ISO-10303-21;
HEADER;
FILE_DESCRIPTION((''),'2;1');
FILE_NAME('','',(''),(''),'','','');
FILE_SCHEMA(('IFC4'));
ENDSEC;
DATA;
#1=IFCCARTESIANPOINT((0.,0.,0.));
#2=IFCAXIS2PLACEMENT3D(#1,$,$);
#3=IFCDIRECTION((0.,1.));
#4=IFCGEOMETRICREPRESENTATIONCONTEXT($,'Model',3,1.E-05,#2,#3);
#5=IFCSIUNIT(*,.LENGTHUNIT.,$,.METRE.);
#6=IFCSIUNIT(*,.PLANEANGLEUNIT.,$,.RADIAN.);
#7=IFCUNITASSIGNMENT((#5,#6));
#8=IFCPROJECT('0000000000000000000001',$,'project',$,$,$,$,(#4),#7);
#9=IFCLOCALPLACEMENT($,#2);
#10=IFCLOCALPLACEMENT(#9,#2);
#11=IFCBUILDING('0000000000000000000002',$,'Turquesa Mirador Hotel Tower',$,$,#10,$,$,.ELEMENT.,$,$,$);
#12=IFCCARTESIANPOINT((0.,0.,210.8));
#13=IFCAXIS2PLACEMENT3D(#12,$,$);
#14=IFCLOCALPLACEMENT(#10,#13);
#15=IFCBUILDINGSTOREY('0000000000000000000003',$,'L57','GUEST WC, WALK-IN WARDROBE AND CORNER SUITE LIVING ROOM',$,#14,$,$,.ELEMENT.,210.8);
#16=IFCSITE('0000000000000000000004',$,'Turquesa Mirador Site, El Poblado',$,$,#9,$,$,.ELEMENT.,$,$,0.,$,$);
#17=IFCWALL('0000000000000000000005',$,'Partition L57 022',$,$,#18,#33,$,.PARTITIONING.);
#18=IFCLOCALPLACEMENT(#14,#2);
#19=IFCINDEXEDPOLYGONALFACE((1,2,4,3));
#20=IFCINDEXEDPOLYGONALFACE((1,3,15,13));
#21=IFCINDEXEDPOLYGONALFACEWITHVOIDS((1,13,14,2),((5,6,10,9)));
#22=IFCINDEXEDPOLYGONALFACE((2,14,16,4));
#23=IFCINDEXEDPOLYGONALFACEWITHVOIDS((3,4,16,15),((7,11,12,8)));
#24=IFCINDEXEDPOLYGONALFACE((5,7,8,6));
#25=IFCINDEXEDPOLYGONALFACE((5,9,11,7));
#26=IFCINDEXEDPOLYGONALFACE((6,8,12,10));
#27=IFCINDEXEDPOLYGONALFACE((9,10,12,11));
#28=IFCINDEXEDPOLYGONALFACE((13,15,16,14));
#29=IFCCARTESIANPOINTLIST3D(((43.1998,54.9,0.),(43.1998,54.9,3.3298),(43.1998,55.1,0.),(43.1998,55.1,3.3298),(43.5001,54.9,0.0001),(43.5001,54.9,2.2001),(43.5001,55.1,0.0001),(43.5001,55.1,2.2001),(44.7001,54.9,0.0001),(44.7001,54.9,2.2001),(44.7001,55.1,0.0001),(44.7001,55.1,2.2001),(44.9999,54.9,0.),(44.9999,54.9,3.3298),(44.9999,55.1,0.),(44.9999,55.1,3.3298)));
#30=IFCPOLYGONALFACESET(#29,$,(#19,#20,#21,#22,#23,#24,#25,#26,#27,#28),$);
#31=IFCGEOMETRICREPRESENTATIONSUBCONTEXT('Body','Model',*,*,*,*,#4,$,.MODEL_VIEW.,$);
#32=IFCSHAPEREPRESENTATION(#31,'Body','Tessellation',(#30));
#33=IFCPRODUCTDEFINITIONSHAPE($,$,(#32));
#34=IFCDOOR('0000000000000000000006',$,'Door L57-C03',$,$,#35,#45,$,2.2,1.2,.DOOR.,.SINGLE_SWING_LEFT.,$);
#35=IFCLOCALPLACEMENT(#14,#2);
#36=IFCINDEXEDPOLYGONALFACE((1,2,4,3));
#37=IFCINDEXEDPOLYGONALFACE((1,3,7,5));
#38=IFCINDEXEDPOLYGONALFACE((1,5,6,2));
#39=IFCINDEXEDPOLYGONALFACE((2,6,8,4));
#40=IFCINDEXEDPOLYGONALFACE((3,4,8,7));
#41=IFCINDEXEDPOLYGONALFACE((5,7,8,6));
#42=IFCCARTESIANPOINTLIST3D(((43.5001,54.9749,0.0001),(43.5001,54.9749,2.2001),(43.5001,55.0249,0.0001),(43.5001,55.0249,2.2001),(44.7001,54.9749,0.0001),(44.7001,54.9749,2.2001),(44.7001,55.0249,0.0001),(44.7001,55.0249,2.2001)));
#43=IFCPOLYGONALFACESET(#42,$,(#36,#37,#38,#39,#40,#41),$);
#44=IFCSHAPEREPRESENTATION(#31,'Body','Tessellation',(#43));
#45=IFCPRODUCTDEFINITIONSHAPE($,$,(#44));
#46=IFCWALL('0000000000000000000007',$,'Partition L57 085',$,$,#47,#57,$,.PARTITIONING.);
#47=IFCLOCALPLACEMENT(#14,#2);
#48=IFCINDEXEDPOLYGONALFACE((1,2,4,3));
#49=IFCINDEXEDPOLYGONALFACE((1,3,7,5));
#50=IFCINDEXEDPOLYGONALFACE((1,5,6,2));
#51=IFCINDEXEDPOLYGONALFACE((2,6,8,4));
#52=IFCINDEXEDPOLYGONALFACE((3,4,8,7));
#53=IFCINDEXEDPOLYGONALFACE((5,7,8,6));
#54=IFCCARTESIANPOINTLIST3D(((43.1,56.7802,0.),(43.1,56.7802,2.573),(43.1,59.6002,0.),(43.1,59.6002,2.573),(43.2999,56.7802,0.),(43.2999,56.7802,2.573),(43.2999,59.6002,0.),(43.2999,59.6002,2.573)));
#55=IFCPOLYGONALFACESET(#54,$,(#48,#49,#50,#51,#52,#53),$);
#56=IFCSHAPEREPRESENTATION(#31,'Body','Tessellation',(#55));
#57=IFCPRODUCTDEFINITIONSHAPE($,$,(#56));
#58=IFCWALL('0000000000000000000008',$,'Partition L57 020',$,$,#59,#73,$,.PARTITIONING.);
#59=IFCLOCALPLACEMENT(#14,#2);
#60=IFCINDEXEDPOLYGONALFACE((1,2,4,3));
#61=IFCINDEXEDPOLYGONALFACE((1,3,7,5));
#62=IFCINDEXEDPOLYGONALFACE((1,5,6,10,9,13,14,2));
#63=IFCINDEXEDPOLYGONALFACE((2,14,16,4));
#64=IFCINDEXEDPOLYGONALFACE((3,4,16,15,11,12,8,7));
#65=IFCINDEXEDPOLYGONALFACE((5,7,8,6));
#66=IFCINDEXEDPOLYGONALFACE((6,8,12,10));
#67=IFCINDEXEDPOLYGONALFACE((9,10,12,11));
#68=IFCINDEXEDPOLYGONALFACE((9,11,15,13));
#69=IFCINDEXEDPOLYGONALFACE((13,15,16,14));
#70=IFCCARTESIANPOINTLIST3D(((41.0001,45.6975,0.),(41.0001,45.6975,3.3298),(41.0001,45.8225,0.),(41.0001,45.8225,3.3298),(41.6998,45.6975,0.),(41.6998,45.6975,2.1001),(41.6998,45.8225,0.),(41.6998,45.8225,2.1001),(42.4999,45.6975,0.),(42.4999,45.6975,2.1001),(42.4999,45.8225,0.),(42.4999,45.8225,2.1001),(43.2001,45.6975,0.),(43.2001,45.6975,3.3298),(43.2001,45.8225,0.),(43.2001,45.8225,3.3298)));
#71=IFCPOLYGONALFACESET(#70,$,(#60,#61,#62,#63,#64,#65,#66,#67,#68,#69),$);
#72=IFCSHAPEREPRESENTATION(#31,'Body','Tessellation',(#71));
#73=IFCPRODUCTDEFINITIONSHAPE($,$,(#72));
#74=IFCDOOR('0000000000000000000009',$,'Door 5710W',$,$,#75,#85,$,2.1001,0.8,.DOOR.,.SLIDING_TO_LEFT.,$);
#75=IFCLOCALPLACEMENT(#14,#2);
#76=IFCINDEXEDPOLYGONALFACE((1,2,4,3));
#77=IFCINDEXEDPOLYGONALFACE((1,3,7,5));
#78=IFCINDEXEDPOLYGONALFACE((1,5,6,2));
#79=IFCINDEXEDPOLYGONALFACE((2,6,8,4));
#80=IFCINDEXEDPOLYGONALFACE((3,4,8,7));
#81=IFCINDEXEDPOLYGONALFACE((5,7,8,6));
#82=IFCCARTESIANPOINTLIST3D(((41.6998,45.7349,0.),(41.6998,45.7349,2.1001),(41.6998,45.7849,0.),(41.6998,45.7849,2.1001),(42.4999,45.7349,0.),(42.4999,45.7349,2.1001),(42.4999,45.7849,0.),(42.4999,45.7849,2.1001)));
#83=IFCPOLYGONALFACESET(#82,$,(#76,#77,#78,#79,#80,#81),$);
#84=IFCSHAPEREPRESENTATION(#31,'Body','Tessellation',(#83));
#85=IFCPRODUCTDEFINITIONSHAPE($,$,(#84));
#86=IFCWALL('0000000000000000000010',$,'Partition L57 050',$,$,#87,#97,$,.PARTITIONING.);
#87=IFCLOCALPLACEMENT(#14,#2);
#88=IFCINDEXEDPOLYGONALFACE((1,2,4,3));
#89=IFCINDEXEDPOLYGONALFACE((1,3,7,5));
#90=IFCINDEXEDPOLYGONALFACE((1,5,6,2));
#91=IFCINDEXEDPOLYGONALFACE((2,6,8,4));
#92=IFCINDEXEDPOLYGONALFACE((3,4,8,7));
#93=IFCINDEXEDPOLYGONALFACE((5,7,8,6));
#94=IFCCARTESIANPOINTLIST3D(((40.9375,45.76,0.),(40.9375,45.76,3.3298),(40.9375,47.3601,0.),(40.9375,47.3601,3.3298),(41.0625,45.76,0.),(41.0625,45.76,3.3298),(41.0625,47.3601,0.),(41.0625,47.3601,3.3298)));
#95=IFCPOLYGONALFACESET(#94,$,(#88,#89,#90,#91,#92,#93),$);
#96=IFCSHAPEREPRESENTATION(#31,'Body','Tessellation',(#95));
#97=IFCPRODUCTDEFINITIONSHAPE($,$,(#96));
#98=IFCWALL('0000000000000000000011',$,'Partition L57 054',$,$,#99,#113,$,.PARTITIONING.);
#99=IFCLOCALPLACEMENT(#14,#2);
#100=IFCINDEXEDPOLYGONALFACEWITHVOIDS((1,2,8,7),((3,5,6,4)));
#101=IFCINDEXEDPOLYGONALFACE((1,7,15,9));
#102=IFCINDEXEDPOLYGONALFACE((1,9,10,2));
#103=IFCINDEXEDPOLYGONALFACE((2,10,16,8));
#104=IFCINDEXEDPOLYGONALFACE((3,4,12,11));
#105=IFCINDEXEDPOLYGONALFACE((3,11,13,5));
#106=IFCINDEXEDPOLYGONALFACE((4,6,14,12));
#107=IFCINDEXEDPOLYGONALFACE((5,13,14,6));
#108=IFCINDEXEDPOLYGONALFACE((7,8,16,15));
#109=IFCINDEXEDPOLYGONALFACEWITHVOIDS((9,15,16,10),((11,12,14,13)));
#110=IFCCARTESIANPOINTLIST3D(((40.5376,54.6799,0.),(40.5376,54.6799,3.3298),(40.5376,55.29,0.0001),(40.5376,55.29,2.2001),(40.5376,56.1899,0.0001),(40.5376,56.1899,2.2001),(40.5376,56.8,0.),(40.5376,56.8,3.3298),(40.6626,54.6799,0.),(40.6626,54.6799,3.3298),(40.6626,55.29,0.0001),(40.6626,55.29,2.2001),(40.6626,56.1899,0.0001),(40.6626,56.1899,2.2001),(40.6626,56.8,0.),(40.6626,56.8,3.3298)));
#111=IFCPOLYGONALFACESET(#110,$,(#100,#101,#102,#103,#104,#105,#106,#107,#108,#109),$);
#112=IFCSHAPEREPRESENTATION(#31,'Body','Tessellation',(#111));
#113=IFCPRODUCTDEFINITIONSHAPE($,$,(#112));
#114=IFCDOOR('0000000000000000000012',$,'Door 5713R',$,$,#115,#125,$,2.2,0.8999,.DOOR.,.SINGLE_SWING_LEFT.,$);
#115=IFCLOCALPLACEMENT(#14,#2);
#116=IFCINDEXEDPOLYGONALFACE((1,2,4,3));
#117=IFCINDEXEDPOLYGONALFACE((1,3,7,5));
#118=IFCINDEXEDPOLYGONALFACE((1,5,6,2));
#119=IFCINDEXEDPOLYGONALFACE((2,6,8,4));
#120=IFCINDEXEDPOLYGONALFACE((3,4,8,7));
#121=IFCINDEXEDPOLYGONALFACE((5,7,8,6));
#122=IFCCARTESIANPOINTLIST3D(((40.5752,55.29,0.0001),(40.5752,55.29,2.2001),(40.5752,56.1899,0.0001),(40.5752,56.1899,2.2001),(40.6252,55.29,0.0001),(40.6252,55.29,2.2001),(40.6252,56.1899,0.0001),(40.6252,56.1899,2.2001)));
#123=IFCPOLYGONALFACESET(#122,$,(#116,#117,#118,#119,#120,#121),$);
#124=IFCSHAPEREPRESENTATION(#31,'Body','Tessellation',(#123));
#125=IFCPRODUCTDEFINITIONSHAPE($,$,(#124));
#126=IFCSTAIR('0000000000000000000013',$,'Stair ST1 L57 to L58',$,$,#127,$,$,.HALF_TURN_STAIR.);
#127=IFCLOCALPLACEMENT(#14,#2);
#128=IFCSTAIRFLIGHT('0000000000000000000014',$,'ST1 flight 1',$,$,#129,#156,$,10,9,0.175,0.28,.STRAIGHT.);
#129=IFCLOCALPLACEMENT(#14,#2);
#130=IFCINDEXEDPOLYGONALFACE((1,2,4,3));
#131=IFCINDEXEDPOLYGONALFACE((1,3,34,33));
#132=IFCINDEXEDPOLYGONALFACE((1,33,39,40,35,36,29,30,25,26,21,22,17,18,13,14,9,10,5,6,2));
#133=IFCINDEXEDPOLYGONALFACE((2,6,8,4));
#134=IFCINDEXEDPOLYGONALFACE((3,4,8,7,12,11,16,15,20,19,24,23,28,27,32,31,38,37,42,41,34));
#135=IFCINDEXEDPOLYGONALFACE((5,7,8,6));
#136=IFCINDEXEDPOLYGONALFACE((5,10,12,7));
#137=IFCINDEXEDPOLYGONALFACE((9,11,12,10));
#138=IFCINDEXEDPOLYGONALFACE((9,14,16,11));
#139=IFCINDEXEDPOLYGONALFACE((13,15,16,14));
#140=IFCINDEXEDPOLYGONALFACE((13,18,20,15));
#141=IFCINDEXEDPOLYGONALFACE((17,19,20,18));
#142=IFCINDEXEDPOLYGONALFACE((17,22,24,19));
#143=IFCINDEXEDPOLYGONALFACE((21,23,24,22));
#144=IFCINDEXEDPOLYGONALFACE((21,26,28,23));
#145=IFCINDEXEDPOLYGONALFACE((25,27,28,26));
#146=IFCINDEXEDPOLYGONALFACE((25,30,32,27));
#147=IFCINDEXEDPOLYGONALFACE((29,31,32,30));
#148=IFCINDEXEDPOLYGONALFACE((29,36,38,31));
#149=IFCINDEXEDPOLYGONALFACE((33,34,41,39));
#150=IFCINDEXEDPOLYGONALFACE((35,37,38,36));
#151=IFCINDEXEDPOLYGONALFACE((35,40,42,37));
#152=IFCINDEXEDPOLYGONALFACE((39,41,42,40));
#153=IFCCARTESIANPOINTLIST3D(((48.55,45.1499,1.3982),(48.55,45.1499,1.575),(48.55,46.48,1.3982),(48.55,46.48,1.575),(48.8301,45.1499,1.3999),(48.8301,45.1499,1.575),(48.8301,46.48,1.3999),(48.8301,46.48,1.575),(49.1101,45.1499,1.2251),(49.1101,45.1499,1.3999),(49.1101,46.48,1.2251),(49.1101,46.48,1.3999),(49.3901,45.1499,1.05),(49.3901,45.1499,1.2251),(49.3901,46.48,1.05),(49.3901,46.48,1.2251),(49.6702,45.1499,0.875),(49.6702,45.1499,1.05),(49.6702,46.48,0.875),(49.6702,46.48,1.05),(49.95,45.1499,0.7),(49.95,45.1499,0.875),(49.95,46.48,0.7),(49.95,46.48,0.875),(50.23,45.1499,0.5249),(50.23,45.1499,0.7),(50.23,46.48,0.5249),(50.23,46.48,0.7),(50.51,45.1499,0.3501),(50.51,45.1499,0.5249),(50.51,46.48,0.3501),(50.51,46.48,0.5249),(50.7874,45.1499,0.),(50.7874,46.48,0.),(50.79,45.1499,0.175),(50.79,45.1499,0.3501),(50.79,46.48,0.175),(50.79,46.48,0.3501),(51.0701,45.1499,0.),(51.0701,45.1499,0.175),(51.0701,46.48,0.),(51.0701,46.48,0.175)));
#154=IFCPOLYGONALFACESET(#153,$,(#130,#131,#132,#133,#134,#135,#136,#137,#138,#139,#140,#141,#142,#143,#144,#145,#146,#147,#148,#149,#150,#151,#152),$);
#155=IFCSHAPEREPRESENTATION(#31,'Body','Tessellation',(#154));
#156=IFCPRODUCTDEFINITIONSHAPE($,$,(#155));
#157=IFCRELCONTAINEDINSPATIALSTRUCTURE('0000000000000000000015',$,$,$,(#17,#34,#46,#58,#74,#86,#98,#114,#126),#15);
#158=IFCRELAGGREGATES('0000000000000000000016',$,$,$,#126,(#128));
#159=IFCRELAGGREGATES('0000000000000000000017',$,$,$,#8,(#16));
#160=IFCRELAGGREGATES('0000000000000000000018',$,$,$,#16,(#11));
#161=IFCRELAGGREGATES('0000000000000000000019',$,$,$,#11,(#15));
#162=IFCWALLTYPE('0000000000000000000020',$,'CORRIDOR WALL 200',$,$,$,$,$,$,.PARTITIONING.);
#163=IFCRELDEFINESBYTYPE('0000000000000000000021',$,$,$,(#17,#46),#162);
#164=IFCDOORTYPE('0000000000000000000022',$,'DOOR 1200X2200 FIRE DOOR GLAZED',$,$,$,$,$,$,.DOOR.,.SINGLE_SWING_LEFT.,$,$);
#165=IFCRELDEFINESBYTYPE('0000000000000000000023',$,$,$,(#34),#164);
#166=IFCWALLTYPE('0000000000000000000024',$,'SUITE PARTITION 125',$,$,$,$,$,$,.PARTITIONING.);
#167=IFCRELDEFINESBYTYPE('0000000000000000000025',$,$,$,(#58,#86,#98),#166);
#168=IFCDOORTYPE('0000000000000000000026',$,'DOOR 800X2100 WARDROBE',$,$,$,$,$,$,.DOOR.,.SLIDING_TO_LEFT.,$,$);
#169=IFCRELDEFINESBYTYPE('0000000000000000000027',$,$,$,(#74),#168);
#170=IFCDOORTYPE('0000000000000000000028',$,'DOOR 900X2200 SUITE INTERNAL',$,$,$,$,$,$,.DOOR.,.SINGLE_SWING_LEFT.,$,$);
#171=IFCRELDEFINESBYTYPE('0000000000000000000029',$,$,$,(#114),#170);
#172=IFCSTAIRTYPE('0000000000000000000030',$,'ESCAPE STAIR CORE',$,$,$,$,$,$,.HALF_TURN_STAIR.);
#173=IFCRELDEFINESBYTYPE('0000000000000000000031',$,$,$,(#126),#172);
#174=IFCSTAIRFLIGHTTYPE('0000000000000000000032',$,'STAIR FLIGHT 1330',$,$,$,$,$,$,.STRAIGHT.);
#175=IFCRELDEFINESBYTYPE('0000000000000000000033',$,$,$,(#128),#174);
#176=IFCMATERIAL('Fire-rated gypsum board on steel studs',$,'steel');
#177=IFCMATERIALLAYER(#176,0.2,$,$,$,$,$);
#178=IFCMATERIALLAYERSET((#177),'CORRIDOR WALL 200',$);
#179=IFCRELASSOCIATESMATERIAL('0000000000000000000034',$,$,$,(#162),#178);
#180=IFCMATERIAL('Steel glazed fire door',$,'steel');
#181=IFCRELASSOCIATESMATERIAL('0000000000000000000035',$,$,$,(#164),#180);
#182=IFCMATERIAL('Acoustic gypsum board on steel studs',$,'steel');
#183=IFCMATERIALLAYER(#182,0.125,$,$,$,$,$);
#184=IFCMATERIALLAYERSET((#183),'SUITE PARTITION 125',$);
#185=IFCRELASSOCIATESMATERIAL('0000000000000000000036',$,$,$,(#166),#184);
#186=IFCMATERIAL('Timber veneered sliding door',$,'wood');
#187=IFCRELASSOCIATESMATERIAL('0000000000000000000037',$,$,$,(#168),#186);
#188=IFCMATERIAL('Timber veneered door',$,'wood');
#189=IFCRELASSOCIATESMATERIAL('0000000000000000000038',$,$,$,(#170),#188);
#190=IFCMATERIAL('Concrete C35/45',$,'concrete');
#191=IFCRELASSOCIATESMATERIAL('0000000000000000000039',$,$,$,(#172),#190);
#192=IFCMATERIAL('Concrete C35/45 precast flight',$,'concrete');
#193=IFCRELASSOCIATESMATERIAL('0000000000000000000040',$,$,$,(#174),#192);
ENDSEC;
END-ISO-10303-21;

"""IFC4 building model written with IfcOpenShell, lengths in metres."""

from ifc_helpers import new_model, si_unit, direction, frame, frame_2d, origin, place, context, subcontext, project, spatial, polyline, rectangle, outline, extrude, material, layer, layer_set, type_object, element, fill, aggregate, save


model = new_model("IFC4")

# Units and contexts
model_context = context("Model", 3, precision=1e-05, world=origin(), true_north=direction((0.0, 1.0)))
body_context = subcontext(model_context, "Body", "Model", "MODEL_VIEW")
ifc_project = project(units=[si_unit("LENGTHUNIT", "METRE"), si_unit("PLANEANGLEUNIT", "RADIAN")], contexts=[model_context])

# Site, building, storey
site_placement = place(None, origin())
site = spatial("IfcSite", under=ifc_project, at=site_placement, Name="Turquesa Mirador Site, El Poblado", CompositionType="ELEMENT", RefElevation=0.0)
building_placement = place(site_placement, origin())
building = spatial("IfcBuilding", under=site, at=building_placement, Name="Turquesa Mirador Hotel Tower", CompositionType="ELEMENT")
storey_placement = place(building_placement, frame((0.0, 0.0, 210.8)))
storey = spatial("IfcBuildingStorey", under=building, at=storey_placement, Name="L57", Description="GUEST WC, WALK-IN WARDROBE AND CORNER SUITE LIVING ROOM", CompositionType="ELEMENT", Elevation=210.8)

# Wall, opening, door
ifc_material_1 = material(Name="Fire-rated gypsum board on steel studs", Category="steel")
ifc_layer_1 = layer(ifc_material_1, 0.2)
ifc_layer_set_1 = layer_set([ifc_layer_1], Name="CORRIDOR WALL 200")
wall_type_1 = type_object("IfcWallType", Name="CORRIDOR WALL 200", PredefinedType="PARTITIONING", material=ifc_layer_set_1)
wall_1_placement = place(storey_placement, frame((43.2, 55.0, 0.0), z_axis=(0.0, 0.0, 1.0), x_axis=(1.0, 0.0, 0.0)))
wall_1 = element("IfcWall", 1, at=wall_1_placement, inside=storey, type_object=wall_type_1, Name="Partition L57 022", PredefinedType="PARTITIONING", context=body_context, shape_type="SweptSolid", body=[
    extrude(rectangle(XDim=1.8, YDim=0.2, at=frame_2d((0.8999, 0.0))), origin(), (0.0, 0.0, 1.0), 3.3298),
])
opening_1_placement = place(wall_1_placement, frame((0.3, 0.0, 0.0)))
opening_1 = element("IfcOpeningElement", 2, at=opening_1_placement, cuts=wall_1, PredefinedType="OPENING", context=body_context, shape_type="SweptSolid", body=[
    extrude(rectangle(XDim=1.2, YDim=2.2, at=frame_2d((0.6001, 1.1001))), frame((0.0, 0.1099, 0.0), z_axis=(0.0, -1.0, 0.0), x_axis=(1.0, 0.0, 0.0)), (0.0, 0.0, 1.0), 0.22),
])
ifc_material_2 = material(Name="Steel glazed fire door", Category="steel")
door_type_1 = type_object("IfcDoorType", Name="DOOR 1200X2200 FIRE DOOR GLAZED", OperationType="SINGLE_SWING_LEFT", PredefinedType="DOOR", material=ifc_material_2)
door_1_placement = place(opening_1_placement, origin())
door_1 = element("IfcDoor", 3, at=door_1_placement, inside=storey, type_object=door_type_1, Name="Door L57-C03", OperationType="SINGLE_SWING_LEFT", OverallHeight=2.2, OverallWidth=1.2, PredefinedType="DOOR", context=body_context, shape_type="SweptSolid", body=[
    extrude(rectangle(XDim=1.2, YDim=2.2, at=frame_2d((0.6001, 1.1001))), frame((0.0, 0.0249, 0.0), z_axis=(0.0, -1.0, 0.0), x_axis=(1.0, 0.0, 0.0)), (0.0, 0.0, 1.0), 0.05),
])
fill(opening_1, door_1)

# Wall
wall_2_placement = place(storey_placement, frame((43.2, 56.78, 0.0), z_axis=(0.0, 0.0, 1.0), x_axis=(0.0, 1.0, 0.0)))
element("IfcWall", 4, at=wall_2_placement, inside=storey, type_object=wall_type_1, Name="Partition L57 085", PredefinedType="PARTITIONING", context=body_context, shape_type="SweptSolid", body=[
    extrude(rectangle(XDim=2.8201, YDim=0.2, at=frame_2d((1.4102, 0.0))), origin(), (0.0, 0.0, 1.0), 2.573),
])

# Wall, opening, door
ifc_material_3 = material(Name="Acoustic gypsum board on steel studs", Category="steel")
ifc_layer_2 = layer(ifc_material_3, 0.125)
ifc_layer_set_2 = layer_set([ifc_layer_2], Name="SUITE PARTITION 125")
wall_type_2 = type_object("IfcWallType", Name="SUITE PARTITION 125", PredefinedType="PARTITIONING", material=ifc_layer_set_2)
wall_3_placement = place(storey_placement, frame((41.0, 45.76, 0.0), z_axis=(0.0, 0.0, 1.0), x_axis=(1.0, 0.0, 0.0)))
wall_3 = element("IfcWall", 5, at=wall_3_placement, inside=storey, type_object=wall_type_2, Name="Partition L57 020", PredefinedType="PARTITIONING", context=body_context, shape_type="SweptSolid", body=[
    extrude(rectangle(XDim=2.2, YDim=0.125, at=frame_2d((1.1001, 0.0))), origin(), (0.0, 0.0, 1.0), 3.3298),
])
opening_2_placement = place(wall_3_placement, frame((0.7, 0.0, 0.0)))
opening_2 = element("IfcOpeningElement", 6, at=opening_2_placement, cuts=wall_3, PredefinedType="OPENING", context=body_context, shape_type="SweptSolid", body=[
    extrude(rectangle(XDim=0.8, YDim=2.1001, at=frame_2d((0.3999, 1.05))), frame((0.0, 0.0725, 0.0), z_axis=(0.0, -1.0, 0.0), x_axis=(1.0, 0.0, 0.0)), (0.0, 0.0, 1.0), 0.145),
])
ifc_material_4 = material(Name="Timber veneered sliding door", Category="wood")
door_type_2 = type_object("IfcDoorType", Name="DOOR 800X2100 WARDROBE", OperationType="SLIDING_TO_LEFT", PredefinedType="DOOR", material=ifc_material_4)
door_2_placement = place(opening_2_placement, origin())
door_2 = element("IfcDoor", 7, at=door_2_placement, inside=storey, type_object=door_type_2, Name="Door 5710W", OperationType="SLIDING_TO_LEFT", OverallHeight=2.1001, OverallWidth=0.8, PredefinedType="DOOR", context=body_context, shape_type="SweptSolid", body=[
    extrude(rectangle(XDim=0.8, YDim=2.1001, at=frame_2d((0.3999, 1.05))), frame((0.0, 0.0249, 0.0), z_axis=(0.0, -1.0, 0.0), x_axis=(1.0, 0.0, 0.0)), (0.0, 0.0, 1.0), 0.05),
])
fill(opening_2, door_2)

# Wall
wall_4_placement = place(storey_placement, frame((41.0, 45.76, 0.0), z_axis=(0.0, 0.0, 1.0), x_axis=(0.0, 1.0, 0.0)))
element("IfcWall", 8, at=wall_4_placement, inside=storey, type_object=wall_type_2, Name="Partition L57 050", PredefinedType="PARTITIONING", context=body_context, shape_type="SweptSolid", body=[
    extrude(rectangle(XDim=1.6001, YDim=0.125, at=frame_2d((0.8, 0.0))), origin(), (0.0, 0.0, 1.0), 3.3298),
])

# Wall, opening, door
wall_5_placement = place(storey_placement, frame((40.6001, 54.6799, 0.0), z_axis=(0.0, 0.0, 1.0), x_axis=(0.0, 1.0, 0.0)))
wall_5 = element("IfcWall", 9, at=wall_5_placement, inside=storey, type_object=wall_type_2, Name="Partition L57 054", PredefinedType="PARTITIONING", context=body_context, shape_type="SweptSolid", body=[
    extrude(rectangle(XDim=2.1201, YDim=0.125, at=frame_2d((1.0601, 0.0))), origin(), (0.0, 0.0, 1.0), 3.3298),
])
opening_3_placement = place(wall_5_placement, frame((0.6101, 0.0, 0.0)))
opening_3 = element("IfcOpeningElement", 10, at=opening_3_placement, cuts=wall_5, PredefinedType="OPENING", context=body_context, shape_type="SweptSolid", body=[
    extrude(rectangle(XDim=0.8999, YDim=2.2, at=frame_2d((0.45, 1.1001))), frame((0.0, 0.0725, 0.0), z_axis=(0.0, -1.0, 0.0), x_axis=(1.0, 0.0, 0.0)), (0.0, 0.0, 1.0), 0.145),
])
ifc_material_5 = material(Name="Timber veneered door", Category="wood")
door_type_3 = type_object("IfcDoorType", Name="DOOR 900X2200 SUITE INTERNAL", OperationType="SINGLE_SWING_LEFT", PredefinedType="DOOR", material=ifc_material_5)
door_3_placement = place(opening_3_placement, origin())
door_3 = element("IfcDoor", 11, at=door_3_placement, inside=storey, type_object=door_type_3, Name="Door 5713R", OperationType="SINGLE_SWING_LEFT", OverallHeight=2.2, OverallWidth=0.8999, PredefinedType="DOOR", context=body_context, shape_type="SweptSolid", body=[
    extrude(rectangle(XDim=0.8999, YDim=2.2, at=frame_2d((0.45, 1.1001))), frame((0.0, 0.0249, 0.0), z_axis=(0.0, -1.0, 0.0), x_axis=(1.0, 0.0, 0.0)), (0.0, 0.0, 1.0), 0.05),
])
fill(opening_3, door_3)

# Stair, stair flight
ifc_material_6 = material(Name="Concrete C35/45", Category="concrete")
stair_type = type_object("IfcStairType", Name="ESCAPE STAIR CORE", PredefinedType="HALF_TURN_STAIR", material=ifc_material_6)
stair_1_placement = place(storey_placement, origin())
stair_1 = element("IfcStair", 12, at=stair_1_placement, inside=storey, type_object=stair_type, Name="Stair ST1 L57 to L58", PredefinedType="HALF_TURN_STAIR")
ifc_material_7 = material(Name="Concrete C35/45 precast flight", Category="concrete")
stair_flight_type = type_object("IfcStairFlightType", Name="STAIR FLIGHT 1330", PredefinedType="STRAIGHT", material=ifc_material_7)
stair_flight_1_placement = place(storey_placement, frame((51.0701, 45.8149, 0.0), z_axis=(0.0, 0.0, 1.0), x_axis=(-1.0, 0.0, 0.0)))
stair_flight_1 = element("IfcStairFlight", 13, at=stair_flight_1_placement, type_object=stair_flight_type, Name="ST1 flight 1", NumberOfRisers=10, NumberOfTreads=9, PredefinedType="STRAIGHT", RiserHeight=0.175, TreadLength=0.28, context=body_context, shape_type="SweptSolid", body=[
    extrude(outline(polyline([(0.0, 0.0), (0.0, 0.175), (0.28, 0.175), (0.28, 0.3501), (0.5601, 0.3501), (0.5601, 0.5249), (0.8401, 0.5249), (0.8401, 0.7), (1.1201, 0.7), (1.1201, 0.875), (1.3999, 0.875), (1.3999, 1.05), (1.6799, 1.05), (1.6799, 1.2251), (1.96, 1.2251), (1.96, 1.3999), (2.24, 1.3999), (2.24, 1.575), (2.52, 1.575), (2.52, 1.75), (2.52, 1.3982), (0.2827, 0.0), (0.0, 0.0)])), frame((0.0, 0.665, 0.0), z_axis=(0.0, -1.0, 0.0), x_axis=(1.0, 0.0, 0.0)), (0.0, 0.0, 1.0), 1.3301),
])
aggregate(stair_1, [stair_flight_1])

save(model, "model.ifc")
